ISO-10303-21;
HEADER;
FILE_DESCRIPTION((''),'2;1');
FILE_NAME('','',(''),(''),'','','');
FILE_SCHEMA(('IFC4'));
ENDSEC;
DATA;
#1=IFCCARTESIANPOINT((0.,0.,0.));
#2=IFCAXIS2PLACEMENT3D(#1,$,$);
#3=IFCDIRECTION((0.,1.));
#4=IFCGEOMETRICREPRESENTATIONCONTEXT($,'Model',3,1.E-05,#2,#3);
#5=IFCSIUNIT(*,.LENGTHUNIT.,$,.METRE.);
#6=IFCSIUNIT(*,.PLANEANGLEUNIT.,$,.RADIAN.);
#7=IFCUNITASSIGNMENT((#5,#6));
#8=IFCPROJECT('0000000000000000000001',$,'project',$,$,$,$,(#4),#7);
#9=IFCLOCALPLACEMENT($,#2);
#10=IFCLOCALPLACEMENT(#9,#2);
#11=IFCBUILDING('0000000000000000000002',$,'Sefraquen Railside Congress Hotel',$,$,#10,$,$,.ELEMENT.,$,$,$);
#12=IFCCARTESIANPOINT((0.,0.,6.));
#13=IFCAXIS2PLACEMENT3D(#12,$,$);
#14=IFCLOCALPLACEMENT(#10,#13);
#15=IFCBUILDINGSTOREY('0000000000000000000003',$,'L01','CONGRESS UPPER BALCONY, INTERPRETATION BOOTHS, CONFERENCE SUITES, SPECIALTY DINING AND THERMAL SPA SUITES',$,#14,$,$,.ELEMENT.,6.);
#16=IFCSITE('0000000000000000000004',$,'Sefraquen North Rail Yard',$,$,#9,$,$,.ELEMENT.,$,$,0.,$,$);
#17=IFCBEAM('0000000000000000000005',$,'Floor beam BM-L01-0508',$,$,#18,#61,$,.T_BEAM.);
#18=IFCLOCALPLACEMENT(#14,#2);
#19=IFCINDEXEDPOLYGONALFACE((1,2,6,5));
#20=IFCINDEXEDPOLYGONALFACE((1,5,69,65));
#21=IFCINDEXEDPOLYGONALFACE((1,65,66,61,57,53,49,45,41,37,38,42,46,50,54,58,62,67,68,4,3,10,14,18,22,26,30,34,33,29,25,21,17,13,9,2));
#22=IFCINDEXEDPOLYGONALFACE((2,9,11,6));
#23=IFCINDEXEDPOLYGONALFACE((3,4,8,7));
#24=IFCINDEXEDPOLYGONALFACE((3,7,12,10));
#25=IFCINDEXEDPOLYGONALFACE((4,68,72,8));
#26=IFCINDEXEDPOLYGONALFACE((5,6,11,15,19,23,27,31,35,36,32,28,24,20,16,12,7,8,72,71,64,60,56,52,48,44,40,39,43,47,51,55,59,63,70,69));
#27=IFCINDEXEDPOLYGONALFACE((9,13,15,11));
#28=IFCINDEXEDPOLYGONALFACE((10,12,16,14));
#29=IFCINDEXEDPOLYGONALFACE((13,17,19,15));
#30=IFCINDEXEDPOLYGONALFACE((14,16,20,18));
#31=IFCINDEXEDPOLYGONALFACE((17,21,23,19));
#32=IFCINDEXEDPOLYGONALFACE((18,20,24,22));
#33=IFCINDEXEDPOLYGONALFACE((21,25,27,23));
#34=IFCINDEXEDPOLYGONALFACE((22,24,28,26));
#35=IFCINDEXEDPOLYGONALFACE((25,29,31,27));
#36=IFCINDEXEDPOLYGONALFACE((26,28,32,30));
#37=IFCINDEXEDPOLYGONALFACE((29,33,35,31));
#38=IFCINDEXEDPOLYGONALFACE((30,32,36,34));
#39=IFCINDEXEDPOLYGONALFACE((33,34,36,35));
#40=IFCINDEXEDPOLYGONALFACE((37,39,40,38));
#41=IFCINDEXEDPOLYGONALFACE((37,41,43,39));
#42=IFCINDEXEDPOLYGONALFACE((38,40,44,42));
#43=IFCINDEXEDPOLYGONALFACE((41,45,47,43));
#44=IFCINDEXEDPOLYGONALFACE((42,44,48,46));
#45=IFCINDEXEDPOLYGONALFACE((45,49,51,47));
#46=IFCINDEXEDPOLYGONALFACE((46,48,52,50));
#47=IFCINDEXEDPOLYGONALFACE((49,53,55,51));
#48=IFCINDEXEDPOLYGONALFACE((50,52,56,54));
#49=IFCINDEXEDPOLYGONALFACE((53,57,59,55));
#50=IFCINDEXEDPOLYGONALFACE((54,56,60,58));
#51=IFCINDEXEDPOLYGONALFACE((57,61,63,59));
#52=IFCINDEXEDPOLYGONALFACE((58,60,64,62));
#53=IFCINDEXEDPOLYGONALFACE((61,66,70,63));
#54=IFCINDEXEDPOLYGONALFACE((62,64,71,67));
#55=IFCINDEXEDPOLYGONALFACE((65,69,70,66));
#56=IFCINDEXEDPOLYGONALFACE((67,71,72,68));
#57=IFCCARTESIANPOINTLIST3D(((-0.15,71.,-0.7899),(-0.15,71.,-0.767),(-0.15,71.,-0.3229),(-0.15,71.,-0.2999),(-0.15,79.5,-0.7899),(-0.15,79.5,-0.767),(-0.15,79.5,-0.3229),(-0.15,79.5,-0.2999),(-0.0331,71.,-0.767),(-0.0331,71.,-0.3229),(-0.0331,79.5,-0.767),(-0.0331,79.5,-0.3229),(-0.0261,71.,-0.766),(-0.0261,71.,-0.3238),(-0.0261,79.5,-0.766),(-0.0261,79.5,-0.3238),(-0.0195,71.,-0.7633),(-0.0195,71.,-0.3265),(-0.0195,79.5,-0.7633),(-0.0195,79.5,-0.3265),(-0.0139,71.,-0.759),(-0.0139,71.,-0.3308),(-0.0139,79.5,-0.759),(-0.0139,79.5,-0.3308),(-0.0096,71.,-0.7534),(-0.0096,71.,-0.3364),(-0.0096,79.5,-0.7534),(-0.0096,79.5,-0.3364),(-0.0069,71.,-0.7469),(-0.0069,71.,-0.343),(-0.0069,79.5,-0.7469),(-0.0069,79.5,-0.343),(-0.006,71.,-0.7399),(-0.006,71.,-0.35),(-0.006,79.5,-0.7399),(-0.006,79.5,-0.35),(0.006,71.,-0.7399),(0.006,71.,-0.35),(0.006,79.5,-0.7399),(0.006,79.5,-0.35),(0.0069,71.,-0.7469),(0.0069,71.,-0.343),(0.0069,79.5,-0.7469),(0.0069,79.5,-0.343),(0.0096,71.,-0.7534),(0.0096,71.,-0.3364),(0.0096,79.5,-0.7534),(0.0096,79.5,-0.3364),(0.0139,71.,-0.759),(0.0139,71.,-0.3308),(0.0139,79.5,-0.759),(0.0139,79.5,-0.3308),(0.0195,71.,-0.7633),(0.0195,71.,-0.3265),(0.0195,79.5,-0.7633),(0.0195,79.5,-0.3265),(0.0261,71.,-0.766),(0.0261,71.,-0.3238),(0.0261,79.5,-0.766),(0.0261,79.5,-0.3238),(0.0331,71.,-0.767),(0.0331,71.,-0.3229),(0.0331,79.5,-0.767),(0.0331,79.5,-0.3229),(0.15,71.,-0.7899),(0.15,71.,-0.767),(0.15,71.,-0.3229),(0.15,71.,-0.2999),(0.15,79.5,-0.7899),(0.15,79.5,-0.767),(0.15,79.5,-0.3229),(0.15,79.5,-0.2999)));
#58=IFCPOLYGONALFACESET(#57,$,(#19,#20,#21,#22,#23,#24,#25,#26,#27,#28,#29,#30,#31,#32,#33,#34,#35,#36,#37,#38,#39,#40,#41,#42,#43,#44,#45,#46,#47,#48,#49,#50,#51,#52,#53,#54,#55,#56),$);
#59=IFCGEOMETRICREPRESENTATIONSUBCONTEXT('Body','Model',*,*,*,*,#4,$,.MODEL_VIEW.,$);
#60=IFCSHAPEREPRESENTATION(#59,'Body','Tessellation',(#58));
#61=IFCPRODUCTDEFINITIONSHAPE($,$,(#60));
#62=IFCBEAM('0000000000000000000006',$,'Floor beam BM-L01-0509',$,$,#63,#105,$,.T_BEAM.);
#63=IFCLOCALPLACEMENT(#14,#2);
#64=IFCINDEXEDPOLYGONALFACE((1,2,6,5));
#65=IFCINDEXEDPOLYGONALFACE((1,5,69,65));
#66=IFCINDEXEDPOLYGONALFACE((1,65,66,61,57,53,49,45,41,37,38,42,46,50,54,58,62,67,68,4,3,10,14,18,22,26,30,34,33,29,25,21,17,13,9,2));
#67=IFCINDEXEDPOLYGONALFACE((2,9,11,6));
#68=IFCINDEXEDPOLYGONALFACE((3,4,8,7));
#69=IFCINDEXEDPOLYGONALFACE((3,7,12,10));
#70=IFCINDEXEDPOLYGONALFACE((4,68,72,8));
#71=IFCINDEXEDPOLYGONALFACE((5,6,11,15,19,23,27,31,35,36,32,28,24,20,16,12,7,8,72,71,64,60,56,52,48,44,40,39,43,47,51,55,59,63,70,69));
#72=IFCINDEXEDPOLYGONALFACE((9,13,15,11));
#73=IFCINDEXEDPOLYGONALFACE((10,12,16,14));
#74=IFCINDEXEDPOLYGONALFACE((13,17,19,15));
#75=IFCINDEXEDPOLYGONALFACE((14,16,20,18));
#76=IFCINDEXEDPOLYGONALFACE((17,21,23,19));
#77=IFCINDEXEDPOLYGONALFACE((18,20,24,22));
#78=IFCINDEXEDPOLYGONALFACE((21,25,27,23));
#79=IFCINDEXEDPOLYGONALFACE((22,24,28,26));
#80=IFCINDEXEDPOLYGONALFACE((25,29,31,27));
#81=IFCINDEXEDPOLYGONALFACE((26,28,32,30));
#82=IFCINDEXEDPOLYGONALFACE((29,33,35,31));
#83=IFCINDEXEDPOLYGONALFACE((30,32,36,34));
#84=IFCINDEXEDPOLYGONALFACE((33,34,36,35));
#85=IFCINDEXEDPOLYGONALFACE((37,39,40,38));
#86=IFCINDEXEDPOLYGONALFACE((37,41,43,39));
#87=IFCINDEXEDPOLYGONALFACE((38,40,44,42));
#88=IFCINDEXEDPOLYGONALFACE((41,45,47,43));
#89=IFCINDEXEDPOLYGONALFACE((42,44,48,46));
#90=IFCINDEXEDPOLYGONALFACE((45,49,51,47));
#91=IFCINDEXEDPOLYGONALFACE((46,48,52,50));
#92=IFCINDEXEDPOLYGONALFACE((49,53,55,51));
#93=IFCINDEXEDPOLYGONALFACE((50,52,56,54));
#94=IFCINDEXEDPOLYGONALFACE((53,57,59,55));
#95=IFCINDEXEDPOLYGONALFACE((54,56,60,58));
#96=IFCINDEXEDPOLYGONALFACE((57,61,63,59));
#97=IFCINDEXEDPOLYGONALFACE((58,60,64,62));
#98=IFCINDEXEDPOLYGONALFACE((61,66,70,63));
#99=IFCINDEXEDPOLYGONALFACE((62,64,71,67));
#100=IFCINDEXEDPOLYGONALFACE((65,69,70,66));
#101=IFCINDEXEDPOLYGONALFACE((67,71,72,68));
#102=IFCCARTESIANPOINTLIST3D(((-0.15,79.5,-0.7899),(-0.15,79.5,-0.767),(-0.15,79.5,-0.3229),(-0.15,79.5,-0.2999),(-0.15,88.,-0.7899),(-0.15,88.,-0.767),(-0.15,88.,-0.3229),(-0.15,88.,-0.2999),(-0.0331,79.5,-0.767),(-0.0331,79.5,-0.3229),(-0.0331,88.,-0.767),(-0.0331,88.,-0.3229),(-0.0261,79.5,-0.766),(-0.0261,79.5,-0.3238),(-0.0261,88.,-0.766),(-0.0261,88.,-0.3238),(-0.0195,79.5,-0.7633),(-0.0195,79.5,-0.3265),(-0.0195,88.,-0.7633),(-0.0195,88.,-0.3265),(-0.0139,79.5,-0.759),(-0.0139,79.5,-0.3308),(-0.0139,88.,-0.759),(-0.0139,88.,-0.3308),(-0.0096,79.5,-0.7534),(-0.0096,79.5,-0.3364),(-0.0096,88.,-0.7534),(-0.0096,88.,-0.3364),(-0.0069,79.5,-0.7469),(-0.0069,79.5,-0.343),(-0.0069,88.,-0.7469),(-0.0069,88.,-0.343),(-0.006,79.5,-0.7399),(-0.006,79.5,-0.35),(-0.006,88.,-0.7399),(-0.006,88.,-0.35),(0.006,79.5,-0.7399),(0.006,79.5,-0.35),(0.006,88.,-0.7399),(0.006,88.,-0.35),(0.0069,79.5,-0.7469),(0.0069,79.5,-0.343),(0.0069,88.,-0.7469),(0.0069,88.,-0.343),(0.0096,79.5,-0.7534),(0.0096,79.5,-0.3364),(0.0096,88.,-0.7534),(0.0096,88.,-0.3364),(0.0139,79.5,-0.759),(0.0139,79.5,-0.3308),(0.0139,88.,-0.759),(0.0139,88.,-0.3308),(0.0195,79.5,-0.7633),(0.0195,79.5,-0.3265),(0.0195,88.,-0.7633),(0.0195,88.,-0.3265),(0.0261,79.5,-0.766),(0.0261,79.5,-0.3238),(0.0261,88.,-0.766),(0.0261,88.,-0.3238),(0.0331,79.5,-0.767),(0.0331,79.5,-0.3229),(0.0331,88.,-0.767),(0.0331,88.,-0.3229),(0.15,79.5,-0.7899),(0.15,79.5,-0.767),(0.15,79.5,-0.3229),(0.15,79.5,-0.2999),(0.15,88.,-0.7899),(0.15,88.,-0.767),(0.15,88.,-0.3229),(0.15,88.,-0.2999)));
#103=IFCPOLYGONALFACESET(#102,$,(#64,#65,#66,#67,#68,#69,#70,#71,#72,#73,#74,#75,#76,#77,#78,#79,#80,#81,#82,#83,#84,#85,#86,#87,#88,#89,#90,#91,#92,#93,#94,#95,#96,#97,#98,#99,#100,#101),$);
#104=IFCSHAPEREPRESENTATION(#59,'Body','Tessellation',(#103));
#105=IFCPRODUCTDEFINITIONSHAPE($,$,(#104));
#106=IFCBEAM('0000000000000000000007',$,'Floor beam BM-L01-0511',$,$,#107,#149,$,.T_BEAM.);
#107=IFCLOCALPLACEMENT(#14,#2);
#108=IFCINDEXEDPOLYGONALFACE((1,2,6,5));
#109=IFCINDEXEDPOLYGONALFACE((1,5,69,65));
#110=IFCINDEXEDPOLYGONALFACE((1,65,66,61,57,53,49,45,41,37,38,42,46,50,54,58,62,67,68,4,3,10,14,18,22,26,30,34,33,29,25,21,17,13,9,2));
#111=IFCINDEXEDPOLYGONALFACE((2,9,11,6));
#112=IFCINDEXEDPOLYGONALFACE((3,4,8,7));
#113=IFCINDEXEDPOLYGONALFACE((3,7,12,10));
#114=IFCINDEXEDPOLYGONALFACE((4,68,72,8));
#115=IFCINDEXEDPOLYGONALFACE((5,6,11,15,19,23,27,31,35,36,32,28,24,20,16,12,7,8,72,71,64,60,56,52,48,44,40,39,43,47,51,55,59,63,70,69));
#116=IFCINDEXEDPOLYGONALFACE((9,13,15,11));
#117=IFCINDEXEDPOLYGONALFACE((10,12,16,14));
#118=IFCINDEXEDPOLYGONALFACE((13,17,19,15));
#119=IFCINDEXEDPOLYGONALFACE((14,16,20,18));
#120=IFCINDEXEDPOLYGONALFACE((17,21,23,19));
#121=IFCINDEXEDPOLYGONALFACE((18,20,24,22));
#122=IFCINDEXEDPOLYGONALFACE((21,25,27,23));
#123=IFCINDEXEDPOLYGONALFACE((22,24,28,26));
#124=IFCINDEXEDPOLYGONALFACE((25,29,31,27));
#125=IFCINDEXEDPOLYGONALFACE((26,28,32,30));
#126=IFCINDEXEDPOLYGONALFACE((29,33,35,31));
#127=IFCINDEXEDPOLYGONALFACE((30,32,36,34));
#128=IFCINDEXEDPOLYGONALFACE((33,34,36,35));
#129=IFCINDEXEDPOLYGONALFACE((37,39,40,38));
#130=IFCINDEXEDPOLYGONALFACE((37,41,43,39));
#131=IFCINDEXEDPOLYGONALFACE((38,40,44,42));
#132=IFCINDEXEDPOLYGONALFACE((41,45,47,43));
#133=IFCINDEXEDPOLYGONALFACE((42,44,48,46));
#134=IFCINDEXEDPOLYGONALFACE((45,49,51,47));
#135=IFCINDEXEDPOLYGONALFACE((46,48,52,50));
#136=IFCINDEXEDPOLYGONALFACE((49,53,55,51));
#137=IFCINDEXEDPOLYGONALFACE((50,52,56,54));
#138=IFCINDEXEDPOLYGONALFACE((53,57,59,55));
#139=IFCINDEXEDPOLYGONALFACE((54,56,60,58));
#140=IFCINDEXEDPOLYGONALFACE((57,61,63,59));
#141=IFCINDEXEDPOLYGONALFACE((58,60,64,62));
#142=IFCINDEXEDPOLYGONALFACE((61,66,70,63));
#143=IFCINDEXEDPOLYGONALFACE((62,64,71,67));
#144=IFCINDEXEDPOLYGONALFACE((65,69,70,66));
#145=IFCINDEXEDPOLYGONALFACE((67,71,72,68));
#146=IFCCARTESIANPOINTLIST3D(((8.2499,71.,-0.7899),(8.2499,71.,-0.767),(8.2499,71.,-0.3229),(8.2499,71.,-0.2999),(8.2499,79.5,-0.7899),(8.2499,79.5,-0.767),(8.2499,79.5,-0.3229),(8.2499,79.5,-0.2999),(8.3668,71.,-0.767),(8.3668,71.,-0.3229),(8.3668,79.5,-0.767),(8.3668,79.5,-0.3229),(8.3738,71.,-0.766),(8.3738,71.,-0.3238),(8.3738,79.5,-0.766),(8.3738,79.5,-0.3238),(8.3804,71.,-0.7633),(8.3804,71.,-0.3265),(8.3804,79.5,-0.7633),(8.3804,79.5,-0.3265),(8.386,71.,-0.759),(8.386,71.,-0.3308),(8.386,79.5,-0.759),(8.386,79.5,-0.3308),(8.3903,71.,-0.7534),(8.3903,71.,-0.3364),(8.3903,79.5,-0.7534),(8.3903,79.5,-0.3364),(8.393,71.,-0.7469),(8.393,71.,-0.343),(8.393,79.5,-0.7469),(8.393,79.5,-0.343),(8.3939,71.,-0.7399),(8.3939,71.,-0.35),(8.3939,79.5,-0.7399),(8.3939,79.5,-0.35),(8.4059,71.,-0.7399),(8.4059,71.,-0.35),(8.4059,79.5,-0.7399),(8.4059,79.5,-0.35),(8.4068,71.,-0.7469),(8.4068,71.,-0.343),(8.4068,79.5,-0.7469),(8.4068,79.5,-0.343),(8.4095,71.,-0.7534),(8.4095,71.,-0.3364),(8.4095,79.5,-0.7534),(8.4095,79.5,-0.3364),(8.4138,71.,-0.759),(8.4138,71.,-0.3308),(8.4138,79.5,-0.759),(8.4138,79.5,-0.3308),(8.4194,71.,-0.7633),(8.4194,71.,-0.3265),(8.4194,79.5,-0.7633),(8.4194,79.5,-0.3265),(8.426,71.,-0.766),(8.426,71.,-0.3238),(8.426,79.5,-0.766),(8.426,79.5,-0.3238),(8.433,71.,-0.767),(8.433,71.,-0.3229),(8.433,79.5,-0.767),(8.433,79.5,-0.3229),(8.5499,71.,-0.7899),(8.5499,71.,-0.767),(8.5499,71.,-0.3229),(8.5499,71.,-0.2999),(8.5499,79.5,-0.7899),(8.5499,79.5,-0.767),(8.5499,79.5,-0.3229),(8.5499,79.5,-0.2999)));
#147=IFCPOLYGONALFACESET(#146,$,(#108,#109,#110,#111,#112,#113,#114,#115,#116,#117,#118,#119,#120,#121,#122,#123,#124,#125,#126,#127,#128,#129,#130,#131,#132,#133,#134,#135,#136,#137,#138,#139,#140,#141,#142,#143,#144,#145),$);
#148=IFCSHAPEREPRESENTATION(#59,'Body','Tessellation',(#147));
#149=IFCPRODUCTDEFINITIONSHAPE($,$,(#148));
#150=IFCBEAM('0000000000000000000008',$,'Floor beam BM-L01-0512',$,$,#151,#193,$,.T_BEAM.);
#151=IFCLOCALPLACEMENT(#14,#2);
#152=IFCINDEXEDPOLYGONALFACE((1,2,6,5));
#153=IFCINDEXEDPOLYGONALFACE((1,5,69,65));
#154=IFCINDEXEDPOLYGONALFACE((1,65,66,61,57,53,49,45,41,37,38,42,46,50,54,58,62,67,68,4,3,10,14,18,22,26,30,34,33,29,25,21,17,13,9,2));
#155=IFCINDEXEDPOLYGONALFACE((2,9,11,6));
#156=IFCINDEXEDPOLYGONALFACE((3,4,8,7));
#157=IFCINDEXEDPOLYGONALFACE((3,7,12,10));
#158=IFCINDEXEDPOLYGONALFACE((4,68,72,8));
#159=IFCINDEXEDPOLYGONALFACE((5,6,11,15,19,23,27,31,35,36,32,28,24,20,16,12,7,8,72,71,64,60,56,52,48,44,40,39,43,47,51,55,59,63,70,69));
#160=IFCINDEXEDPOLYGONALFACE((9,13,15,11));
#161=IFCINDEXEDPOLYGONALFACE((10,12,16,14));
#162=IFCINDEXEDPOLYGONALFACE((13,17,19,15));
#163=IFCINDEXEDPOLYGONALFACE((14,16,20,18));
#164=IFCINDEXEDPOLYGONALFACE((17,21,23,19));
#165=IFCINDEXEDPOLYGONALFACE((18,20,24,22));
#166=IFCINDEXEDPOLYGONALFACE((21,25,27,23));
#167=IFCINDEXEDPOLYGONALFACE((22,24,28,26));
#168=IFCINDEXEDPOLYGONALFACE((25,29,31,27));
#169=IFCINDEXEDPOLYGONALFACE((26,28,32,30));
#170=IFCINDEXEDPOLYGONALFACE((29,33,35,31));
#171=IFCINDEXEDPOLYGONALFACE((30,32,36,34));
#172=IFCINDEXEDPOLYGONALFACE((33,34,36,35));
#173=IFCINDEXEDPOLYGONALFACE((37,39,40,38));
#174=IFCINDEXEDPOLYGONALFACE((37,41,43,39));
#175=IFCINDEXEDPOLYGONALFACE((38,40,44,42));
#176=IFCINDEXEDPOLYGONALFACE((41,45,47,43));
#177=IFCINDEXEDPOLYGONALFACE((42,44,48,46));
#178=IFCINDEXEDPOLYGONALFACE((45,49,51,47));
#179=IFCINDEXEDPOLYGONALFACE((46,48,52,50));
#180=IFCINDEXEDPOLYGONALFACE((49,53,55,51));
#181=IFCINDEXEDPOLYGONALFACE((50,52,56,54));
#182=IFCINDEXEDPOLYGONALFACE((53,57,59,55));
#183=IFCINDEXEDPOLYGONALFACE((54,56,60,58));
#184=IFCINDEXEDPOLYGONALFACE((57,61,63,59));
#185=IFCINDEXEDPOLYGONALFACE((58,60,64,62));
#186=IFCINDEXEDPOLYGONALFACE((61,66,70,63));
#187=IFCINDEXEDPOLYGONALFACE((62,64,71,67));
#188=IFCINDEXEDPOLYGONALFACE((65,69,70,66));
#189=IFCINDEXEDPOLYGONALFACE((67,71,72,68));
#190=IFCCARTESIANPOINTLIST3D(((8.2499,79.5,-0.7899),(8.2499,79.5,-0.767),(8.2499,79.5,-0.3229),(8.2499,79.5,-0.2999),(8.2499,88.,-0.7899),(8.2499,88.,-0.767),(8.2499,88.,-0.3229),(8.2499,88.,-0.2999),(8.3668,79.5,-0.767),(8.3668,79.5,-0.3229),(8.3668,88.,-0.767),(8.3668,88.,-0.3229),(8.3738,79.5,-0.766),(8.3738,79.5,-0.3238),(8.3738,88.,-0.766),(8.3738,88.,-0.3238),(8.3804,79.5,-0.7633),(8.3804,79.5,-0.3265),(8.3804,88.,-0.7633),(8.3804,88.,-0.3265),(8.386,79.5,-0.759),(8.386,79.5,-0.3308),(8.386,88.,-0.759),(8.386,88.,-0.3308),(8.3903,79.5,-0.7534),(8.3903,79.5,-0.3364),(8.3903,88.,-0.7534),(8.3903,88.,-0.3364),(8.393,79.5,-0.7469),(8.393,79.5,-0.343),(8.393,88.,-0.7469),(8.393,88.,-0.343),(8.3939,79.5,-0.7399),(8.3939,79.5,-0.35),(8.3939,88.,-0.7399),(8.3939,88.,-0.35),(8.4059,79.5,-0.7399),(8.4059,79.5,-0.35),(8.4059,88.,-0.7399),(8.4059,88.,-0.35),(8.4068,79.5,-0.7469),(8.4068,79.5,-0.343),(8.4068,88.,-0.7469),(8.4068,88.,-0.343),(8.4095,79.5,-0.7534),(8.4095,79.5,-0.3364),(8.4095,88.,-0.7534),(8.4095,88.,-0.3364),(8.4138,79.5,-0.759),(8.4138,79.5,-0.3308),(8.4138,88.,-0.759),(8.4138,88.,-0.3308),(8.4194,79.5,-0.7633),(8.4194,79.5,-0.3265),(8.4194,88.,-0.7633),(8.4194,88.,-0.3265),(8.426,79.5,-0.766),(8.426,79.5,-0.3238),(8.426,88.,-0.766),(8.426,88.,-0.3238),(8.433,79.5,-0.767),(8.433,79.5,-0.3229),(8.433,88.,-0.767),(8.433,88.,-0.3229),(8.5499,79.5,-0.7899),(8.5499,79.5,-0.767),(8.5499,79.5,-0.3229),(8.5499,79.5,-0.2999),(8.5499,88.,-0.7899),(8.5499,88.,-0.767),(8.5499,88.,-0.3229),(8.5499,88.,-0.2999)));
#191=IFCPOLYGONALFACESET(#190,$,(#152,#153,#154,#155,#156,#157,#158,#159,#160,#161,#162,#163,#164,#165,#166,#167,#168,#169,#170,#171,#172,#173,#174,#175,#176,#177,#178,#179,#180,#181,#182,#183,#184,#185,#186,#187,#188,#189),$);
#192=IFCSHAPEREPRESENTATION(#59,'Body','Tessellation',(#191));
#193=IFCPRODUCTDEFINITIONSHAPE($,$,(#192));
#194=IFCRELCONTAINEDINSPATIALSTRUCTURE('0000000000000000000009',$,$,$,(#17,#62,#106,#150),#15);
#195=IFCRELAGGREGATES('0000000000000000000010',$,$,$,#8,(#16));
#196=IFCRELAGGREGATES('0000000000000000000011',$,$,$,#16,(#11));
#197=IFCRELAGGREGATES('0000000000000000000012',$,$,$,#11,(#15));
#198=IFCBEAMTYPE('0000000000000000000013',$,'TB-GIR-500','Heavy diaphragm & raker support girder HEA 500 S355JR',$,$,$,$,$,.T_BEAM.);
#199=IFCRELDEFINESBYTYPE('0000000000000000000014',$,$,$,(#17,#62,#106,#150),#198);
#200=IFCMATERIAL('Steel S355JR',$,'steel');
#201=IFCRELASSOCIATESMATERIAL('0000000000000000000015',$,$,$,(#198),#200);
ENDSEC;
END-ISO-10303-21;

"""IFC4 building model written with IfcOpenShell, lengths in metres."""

from ifc_helpers import new_model, si_unit, direction, frame, origin, origin_2d, place, context, subcontext, project, spatial, i_section, extrude, material, material_profile, profile_set, type_object, element, save


model = new_model("IFC4")

# Units and contexts
model_context = context("Model", 3, precision=1e-05, world=origin(), true_north=direction((0.0, 1.0)))
body_context = subcontext(model_context, "Body", "Model", "MODEL_VIEW")
ifc_project = project(units=[si_unit("LENGTHUNIT", "METRE"), si_unit("PLANEANGLEUNIT", "RADIAN")], contexts=[model_context])

# Site, building, storey
site_placement = place(None, origin())
site = spatial("IfcSite", under=ifc_project, at=site_placement, Name="Sefraquen North Rail Yard", CompositionType="ELEMENT", RefElevation=0.0)
building_placement = place(site_placement, origin())
building = spatial("IfcBuilding", under=site, at=building_placement, Name="Sefraquen Railside Congress Hotel", CompositionType="ELEMENT")
storey_placement = place(building_placement, frame((0.0, 0.0, 6.0)))
storey = spatial("IfcBuildingStorey", under=building, at=storey_placement, Name="L01", Description="CONGRESS UPPER BALCONY, INTERPRETATION BOOTHS, CONFERENCE SUITES, SPECIALTY DINING AND THERMAL SPA SUITES", CompositionType="ELEMENT", Elevation=6.0)

# Shared definitions
ifc_material_1 = material(Name="Steel S355JR", Category="steel")

# Beams
ifc_material_profile_1 = material_profile(ifc_material_1, i_section(OverallWidth=0.3, OverallDepth=0.49, WebThickness=0.012, FlangeThickness=0.0229, FilletRadius=0.0271, at=origin_2d()), Name="HEA 500")
ifc_profile_set_1 = profile_set([ifc_material_profile_1], Name="Steel S355JR")
beam_type_1 = type_object("IfcBeamType", Name="TB-GIR-500", Description="Heavy diaphragm & raker support girder HEA 500 S355JR", PredefinedType="T_BEAM", material=ifc_profile_set_1)
for number, where, z_axis, x_axis, name in (
    (1, (0.0, 71.0, -0.5449), (0.0, 1.0, 0.0), (-1.0, 0.0, 0.0), "Floor beam BM-L01-0508"),
    (2, (0.0, 79.5, -0.5449), (0.0, 1.0, 0.0), (-1.0, 0.0, 0.0), "Floor beam BM-L01-0509"),
    (3, (8.3999, 71.0, -0.5449), (0.0, 1.0, 0.0), (-1.0, 0.0, 0.0), "Floor beam BM-L01-0511"),
    (4, (8.3999, 79.5, -0.5449), (0.0, 1.0, 0.0), (-1.0, 0.0, 0.0), "Floor beam BM-L01-0512"),
):
    element("IfcBeam", number, at=place(storey_placement, frame(where, z_axis=z_axis, x_axis=x_axis)), inside=storey, type_object=beam_type_1, Name=name, PredefinedType="T_BEAM", context=body_context, shape_type="SweptSolid", body=[
        extrude(i_section(OverallWidth=0.3, OverallDepth=0.49, WebThickness=0.012, FlangeThickness=0.0229, FilletRadius=0.0271, at=origin_2d()), origin(), (0.0, 0.0, 1.0), 8.5),
    ])

save(model, "model.ifc")
